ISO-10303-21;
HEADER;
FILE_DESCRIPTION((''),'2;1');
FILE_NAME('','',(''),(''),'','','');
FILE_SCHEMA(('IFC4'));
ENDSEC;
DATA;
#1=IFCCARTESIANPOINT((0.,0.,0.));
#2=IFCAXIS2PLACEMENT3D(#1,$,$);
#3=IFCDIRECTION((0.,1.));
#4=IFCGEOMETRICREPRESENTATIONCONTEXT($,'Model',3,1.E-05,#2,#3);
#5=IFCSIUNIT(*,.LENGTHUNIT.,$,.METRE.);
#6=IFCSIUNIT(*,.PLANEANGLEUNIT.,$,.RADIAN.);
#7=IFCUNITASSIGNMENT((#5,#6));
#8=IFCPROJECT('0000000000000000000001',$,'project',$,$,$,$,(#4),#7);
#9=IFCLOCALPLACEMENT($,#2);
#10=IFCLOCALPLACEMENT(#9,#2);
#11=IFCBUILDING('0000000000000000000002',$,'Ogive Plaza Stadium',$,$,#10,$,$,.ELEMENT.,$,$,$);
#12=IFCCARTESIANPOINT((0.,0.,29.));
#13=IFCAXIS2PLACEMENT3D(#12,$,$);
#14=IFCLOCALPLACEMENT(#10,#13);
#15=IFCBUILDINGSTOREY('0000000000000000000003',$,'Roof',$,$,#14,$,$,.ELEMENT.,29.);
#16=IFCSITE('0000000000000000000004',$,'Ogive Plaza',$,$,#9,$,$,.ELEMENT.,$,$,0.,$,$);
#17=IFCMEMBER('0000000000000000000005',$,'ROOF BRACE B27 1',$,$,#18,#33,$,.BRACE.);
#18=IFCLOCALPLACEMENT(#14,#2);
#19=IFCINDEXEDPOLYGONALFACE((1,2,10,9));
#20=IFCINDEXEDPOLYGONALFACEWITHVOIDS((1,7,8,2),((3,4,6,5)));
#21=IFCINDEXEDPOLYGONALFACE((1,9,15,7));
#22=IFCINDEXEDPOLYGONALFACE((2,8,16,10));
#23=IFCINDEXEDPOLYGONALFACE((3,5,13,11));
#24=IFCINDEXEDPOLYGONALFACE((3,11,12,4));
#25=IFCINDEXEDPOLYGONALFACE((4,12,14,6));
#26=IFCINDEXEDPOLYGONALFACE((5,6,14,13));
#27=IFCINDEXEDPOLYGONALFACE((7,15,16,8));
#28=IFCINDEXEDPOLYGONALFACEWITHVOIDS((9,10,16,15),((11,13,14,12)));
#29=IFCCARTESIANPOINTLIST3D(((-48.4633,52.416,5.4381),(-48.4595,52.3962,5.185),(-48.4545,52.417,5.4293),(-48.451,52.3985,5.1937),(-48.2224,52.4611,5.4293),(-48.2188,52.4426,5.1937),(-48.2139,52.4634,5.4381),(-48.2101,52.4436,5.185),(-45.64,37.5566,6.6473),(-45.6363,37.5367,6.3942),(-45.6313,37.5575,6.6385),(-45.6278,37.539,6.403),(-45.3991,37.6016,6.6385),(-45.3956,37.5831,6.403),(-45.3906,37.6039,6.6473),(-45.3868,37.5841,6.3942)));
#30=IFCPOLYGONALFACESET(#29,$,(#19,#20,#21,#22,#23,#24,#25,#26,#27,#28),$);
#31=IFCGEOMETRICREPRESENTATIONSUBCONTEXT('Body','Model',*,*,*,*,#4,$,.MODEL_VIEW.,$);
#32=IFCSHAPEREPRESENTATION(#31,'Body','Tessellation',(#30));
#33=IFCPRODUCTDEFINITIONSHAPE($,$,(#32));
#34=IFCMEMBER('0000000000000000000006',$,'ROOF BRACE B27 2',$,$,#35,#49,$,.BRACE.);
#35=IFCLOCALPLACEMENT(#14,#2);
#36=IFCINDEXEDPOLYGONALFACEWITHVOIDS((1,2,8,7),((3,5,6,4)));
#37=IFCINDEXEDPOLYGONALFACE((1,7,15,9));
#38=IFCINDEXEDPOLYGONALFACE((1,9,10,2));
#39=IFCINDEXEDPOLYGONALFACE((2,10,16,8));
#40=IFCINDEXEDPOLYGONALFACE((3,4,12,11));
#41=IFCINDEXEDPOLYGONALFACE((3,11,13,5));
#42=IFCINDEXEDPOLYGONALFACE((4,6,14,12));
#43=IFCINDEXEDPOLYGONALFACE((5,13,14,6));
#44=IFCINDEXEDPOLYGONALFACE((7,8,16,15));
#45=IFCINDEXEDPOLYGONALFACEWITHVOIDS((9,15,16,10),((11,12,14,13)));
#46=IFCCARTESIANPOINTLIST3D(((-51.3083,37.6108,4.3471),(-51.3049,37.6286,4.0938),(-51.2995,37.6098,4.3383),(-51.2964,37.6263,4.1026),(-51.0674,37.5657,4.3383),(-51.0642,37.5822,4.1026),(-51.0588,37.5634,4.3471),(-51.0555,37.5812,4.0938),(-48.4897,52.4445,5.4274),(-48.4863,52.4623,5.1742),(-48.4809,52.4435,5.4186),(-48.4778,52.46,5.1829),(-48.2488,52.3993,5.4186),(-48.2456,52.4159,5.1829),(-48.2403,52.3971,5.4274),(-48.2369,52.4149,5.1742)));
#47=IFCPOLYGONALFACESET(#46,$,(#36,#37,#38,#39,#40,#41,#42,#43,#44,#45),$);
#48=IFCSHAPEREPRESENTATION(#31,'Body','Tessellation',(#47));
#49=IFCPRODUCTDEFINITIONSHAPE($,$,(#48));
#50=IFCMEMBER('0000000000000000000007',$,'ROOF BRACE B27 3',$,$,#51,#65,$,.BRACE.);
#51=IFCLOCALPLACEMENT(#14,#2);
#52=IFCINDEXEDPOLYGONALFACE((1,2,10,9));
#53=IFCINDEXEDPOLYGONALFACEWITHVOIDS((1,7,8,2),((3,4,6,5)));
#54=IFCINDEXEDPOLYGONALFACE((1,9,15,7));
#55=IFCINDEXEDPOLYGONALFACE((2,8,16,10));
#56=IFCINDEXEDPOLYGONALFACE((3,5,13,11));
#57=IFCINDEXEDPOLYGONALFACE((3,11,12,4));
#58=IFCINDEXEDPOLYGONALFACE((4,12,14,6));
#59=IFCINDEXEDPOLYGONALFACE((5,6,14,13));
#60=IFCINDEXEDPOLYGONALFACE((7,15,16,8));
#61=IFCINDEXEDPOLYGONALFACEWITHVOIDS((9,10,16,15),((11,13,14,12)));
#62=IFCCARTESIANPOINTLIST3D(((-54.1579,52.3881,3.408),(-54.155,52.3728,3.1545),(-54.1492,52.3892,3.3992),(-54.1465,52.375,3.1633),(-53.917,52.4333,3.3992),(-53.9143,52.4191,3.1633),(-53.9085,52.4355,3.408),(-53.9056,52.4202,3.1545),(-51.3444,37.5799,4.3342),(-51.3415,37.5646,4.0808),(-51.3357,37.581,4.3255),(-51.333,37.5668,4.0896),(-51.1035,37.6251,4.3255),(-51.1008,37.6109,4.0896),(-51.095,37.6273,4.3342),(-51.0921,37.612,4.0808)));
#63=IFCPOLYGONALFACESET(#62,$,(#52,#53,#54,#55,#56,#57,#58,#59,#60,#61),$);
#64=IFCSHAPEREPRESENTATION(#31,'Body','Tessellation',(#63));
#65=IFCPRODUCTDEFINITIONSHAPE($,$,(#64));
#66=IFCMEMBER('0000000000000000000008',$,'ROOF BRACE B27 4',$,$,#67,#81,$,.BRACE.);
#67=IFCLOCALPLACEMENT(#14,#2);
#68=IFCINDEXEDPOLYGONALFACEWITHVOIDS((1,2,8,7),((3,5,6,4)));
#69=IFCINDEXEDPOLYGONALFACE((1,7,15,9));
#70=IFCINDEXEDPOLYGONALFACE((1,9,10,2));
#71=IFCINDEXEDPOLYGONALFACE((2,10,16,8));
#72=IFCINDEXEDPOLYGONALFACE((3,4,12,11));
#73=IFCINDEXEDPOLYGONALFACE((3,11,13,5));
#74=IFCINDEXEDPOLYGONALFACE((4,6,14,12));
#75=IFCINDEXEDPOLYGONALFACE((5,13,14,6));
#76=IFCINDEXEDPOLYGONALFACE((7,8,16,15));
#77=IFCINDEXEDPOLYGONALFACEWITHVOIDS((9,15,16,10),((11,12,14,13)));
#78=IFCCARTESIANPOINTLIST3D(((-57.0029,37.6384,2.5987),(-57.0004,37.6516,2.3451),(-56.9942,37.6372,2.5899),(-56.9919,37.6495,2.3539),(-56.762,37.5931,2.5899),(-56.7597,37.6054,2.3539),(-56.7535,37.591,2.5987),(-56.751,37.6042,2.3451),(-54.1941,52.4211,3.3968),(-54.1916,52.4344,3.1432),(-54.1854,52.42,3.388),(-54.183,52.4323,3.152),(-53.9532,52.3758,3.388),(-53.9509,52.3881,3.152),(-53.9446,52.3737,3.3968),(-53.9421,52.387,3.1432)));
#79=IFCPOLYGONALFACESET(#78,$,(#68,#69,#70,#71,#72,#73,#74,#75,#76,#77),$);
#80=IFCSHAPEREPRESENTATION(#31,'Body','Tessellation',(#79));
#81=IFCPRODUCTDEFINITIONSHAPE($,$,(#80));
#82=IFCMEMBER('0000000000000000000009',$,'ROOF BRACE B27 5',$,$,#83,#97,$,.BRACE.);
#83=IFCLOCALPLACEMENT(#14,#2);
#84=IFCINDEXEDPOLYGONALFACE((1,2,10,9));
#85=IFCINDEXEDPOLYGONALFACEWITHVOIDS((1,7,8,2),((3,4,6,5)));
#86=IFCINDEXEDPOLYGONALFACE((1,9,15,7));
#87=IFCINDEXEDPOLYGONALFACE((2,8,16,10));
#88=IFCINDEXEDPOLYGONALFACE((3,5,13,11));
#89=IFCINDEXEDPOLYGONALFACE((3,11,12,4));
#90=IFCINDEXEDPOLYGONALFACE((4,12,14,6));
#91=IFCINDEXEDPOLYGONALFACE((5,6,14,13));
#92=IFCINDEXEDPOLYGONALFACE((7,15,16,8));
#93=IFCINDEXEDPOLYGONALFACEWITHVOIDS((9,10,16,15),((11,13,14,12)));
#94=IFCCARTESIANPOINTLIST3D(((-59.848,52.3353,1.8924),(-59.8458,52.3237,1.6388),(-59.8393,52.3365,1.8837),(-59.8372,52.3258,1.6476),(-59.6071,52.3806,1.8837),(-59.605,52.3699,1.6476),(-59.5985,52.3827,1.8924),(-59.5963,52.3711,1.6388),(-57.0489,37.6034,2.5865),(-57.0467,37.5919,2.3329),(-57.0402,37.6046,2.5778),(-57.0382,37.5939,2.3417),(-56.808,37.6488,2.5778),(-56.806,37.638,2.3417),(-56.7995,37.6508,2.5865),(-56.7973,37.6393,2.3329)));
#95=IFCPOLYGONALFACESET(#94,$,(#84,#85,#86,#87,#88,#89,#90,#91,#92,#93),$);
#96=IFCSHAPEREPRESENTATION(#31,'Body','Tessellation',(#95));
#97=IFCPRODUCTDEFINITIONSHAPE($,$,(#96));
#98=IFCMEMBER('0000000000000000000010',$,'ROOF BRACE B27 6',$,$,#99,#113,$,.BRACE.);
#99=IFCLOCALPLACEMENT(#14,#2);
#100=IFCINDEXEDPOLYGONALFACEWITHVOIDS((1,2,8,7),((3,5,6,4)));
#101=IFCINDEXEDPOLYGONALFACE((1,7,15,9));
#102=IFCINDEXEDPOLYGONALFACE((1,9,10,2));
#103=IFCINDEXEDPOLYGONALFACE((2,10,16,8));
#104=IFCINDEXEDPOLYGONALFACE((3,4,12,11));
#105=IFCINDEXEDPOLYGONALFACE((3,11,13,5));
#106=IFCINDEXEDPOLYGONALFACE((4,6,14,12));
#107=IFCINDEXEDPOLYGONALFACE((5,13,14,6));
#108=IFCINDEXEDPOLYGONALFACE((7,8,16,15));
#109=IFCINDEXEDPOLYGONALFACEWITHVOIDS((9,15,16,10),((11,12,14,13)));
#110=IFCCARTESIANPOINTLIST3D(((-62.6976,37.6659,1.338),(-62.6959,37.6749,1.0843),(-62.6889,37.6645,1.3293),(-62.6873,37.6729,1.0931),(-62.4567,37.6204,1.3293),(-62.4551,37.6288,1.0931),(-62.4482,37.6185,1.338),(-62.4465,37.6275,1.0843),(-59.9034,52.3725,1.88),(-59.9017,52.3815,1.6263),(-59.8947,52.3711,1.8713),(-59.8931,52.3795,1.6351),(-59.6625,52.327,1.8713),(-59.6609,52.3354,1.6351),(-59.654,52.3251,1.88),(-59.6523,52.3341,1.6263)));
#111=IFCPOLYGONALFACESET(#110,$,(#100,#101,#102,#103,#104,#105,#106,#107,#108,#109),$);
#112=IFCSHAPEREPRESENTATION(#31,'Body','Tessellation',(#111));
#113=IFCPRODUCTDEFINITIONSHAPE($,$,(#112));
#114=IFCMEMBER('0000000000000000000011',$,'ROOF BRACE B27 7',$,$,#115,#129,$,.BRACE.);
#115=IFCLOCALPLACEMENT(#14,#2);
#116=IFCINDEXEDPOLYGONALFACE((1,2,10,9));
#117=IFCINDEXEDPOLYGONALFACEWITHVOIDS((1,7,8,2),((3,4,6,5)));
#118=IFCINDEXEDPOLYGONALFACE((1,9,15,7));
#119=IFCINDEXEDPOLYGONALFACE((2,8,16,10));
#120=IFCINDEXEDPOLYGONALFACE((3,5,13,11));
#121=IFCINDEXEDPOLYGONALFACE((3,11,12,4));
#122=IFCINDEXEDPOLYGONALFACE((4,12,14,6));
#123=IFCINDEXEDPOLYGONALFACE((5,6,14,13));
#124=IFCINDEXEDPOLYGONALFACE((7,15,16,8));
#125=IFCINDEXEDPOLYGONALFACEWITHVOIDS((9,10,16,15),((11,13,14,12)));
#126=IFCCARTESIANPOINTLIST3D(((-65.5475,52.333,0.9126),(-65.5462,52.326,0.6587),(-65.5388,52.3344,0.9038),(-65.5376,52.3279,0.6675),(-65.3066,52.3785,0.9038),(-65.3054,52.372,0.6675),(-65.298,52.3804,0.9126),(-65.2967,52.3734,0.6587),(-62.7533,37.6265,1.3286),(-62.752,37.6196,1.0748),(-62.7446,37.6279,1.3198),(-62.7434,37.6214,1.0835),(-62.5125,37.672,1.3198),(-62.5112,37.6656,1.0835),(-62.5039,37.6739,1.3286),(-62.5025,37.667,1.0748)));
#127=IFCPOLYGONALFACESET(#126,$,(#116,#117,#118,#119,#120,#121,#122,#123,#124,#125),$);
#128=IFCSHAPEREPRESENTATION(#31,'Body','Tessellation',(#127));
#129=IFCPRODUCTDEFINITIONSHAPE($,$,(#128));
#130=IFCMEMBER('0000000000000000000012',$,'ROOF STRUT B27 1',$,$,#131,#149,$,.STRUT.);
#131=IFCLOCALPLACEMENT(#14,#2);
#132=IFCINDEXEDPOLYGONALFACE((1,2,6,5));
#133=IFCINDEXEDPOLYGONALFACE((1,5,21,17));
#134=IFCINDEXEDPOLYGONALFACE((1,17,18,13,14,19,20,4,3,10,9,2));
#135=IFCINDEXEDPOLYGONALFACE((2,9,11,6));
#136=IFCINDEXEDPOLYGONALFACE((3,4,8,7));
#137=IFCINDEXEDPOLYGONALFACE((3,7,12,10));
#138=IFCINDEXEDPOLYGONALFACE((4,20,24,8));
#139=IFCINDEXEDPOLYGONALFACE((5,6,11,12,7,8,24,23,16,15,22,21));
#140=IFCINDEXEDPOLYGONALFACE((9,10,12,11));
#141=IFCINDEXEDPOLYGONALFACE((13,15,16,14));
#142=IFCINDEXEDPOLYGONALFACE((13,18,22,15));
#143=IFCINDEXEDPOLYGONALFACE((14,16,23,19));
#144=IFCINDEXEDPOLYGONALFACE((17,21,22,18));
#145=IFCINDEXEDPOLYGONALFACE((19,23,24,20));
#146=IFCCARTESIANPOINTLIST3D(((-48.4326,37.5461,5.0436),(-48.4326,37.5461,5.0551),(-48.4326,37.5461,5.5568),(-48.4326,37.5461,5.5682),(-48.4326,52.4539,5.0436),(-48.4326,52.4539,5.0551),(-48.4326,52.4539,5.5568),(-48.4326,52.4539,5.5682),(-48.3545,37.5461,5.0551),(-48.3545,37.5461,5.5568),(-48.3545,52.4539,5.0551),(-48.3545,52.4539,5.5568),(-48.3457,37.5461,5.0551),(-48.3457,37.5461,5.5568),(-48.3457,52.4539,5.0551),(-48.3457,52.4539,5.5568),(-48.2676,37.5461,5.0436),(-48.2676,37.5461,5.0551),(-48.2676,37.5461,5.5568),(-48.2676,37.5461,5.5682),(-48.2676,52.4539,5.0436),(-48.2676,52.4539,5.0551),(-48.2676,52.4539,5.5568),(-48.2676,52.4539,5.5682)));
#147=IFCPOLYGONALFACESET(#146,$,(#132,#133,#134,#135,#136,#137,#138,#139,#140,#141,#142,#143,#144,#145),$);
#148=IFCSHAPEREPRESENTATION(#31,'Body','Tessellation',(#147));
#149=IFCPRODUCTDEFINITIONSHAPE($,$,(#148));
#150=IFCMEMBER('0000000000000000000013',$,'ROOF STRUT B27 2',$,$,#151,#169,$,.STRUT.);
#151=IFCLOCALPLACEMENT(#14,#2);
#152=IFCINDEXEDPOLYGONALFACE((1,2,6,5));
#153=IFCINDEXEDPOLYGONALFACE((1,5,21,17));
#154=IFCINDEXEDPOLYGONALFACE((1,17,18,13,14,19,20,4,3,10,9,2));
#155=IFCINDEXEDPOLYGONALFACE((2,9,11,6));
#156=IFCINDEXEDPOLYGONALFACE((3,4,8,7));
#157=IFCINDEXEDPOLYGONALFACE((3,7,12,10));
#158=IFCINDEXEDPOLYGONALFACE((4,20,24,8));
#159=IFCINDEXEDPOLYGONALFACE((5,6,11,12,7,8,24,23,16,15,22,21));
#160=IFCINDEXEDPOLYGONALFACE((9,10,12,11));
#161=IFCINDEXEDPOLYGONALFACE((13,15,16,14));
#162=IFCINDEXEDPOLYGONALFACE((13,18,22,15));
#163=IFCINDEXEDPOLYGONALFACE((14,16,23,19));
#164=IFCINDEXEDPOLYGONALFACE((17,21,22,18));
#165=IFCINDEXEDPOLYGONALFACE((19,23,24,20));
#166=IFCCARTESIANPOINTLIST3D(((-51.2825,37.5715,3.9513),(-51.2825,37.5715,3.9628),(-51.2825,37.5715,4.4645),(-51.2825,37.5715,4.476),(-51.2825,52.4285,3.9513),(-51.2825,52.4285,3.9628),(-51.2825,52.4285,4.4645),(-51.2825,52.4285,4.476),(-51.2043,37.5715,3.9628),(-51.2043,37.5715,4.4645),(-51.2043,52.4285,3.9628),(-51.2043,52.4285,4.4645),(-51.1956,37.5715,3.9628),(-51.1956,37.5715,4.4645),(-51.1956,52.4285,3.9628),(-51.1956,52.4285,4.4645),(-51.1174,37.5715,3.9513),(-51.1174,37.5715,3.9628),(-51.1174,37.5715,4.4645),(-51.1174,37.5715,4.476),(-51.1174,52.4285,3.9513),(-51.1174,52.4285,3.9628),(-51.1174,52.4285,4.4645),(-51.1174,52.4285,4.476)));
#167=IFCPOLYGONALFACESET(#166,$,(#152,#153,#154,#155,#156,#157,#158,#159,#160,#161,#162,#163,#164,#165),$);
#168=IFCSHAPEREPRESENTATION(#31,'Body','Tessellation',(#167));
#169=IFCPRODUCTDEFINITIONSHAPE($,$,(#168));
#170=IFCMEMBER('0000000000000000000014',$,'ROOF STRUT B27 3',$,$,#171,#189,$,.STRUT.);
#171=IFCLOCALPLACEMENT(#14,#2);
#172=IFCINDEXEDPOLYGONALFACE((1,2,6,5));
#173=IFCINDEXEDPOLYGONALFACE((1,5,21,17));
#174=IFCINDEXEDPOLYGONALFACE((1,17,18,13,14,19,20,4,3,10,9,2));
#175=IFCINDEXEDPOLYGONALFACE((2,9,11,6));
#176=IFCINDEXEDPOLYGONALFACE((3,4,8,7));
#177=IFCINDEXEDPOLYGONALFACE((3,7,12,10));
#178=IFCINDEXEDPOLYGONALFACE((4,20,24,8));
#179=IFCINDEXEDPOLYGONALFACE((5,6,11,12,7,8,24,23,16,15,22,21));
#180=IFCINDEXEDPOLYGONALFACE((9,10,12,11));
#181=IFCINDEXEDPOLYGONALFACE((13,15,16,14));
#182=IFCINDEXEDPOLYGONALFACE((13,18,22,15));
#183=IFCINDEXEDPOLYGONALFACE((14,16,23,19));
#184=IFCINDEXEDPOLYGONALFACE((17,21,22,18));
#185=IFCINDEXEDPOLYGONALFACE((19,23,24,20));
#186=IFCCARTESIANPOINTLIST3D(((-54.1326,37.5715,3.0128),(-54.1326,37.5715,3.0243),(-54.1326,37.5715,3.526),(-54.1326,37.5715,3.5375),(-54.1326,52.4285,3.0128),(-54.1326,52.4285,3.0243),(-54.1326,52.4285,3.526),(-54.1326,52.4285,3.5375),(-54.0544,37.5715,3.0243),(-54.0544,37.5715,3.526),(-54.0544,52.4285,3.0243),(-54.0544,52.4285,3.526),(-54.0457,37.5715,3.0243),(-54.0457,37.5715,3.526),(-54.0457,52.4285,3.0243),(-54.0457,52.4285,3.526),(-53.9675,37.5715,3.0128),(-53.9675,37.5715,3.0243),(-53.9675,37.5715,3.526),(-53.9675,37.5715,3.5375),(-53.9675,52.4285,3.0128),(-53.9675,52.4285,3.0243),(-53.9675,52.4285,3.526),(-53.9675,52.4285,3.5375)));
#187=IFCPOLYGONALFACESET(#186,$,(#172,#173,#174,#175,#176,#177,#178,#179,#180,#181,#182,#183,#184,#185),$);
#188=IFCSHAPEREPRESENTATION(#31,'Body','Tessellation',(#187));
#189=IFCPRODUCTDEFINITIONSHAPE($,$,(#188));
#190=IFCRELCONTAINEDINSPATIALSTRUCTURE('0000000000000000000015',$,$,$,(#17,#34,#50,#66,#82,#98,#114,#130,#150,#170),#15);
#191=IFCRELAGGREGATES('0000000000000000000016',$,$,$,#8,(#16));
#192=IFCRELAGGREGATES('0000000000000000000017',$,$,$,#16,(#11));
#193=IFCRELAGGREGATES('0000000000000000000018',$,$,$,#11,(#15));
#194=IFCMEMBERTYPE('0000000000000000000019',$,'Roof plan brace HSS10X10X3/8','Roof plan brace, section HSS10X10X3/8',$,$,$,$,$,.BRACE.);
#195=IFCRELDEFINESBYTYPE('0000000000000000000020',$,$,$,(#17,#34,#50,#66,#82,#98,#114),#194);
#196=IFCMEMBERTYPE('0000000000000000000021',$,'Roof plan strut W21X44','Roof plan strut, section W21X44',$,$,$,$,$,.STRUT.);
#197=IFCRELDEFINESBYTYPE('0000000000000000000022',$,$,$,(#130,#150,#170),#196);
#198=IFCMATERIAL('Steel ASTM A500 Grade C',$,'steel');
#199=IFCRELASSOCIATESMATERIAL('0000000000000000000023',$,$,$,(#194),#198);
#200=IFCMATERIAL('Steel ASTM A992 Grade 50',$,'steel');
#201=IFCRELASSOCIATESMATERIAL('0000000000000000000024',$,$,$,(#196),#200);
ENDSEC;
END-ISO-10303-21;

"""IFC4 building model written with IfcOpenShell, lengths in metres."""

from ifc_helpers import new_model, si_unit, direction, frame, origin, origin_2d, place, context, subcontext, project, spatial, hollow_rectangle, i_section, extrude, material, material_profile, profile_set, type_object, element, save


model = new_model("IFC4")

# Units and contexts
model_context = context("Model", 3, precision=1e-05, world=origin(), true_north=direction((0.0, 1.0)))
body_context = subcontext(model_context, "Body", "Model", "MODEL_VIEW")
ifc_project = project(units=[si_unit("LENGTHUNIT", "METRE"), si_unit("PLANEANGLEUNIT", "RADIAN")], contexts=[model_context])

# Site, building, storey
site_placement = place(None, origin())
site = spatial("IfcSite", under=ifc_project, at=site_placement, Name="Ogive Plaza", CompositionType="ELEMENT", RefElevation=0.0)
building_placement = place(site_placement, origin())
building = spatial("IfcBuilding", under=site, at=building_placement, Name="Ogive Plaza Stadium", CompositionType="ELEMENT")
storey_placement = place(building_placement, frame((0.0, 0.0, 29.0)))
storey = spatial("IfcBuildingStorey", under=building, at=storey_placement, Name="Roof", CompositionType="ELEMENT", Elevation=29.0)

# Members
ifc_material_1 = material(Name="Steel ASTM A500 Grade C", Category="steel")
ifc_material_profile_1 = material_profile(ifc_material_1, hollow_rectangle(XDim=0.2539, YDim=0.2539, WallThickness=0.0088, at=origin_2d()), Name="HSS10X10X3/8")
ifc_profile_set_1 = profile_set([ifc_material_profile_1], Name="Steel ASTM A500 Grade C")
member_type_1 = type_object("IfcMemberType", Name="Roof plan brace HSS10X10X3/8", Description="Roof plan brace, section HSS10X10X3/8", PredefinedType="BRACE", material=ifc_profile_set_1)
member_1_placement = place(storey_placement, frame((-45.5134, 37.5703, 6.5208), z_axis=(-0.186064, 0.9793, -0.079694), x_axis=(-0.982425, -0.186658, 0.0)))
element("IfcMember", 1, at=member_1_placement, inside=storey, type_object=member_type_1, Name="ROOF BRACE B27 1", PredefinedType="BRACE", context=body_context, shape_type="SweptSolid", body=[
    extrude(hollow_rectangle(XDim=0.2539, YDim=0.2539, WallThickness=0.0088, at=origin_2d()), origin(), (0.0, 0.0, 1.0), 15.1736),
])
member_2_placement = place(storey_placement, frame((-48.3633, 52.4297, 5.3008), z_axis=(-0.186197, -0.979917, -0.071366), x_axis=(0.982422, -0.186673, 0.0)))
element("IfcMember", 2, at=member_2_placement, inside=storey, type_object=member_type_1, Name="ROOF BRACE B27 2", PredefinedType="BRACE", context=body_context, shape_type="SweptSolid", body=[
    extrude(hollow_rectangle(XDim=0.2539, YDim=0.2539, WallThickness=0.0088, at=origin_2d()), origin(), (0.0, 0.0, 1.0), 15.1377),
])
member_3_placement = place(storey_placement, frame((-51.2183, 37.5959, 4.2075), z_axis=(-0.186305, 0.980575, -0.061336), x_axis=(-0.982425, -0.186657, 0.0)))
element("IfcMember", 3, at=member_3_placement, inside=storey, type_object=member_type_1, Name="ROOF BRACE B27 3", PredefinedType="BRACE", context=body_context, shape_type="SweptSolid", body=[
    extrude(hollow_rectangle(XDim=0.2539, YDim=0.2539, WallThickness=0.0088, at=origin_2d()), origin(), (0.0, 0.0, 1.0), 15.1016),
])
member_4_placement = place(storey_placement, frame((-54.0681, 52.4041, 3.27), z_axis=(-0.186406, -0.981044, -0.052965), x_axis=(0.982423, -0.186668, 0.0)))
element("IfcMember", 4, at=member_4_placement, inside=storey, type_object=member_type_1, Name="ROOF BRACE B27 4", PredefinedType="BRACE", context=body_context, shape_type="SweptSolid", body=[
    extrude(hollow_rectangle(XDim=0.2539, YDim=0.2539, WallThickness=0.0088, at=origin_2d()), origin(), (0.0, 0.0, 1.0), 15.0684),
])
member_5_placement = place(storey_placement, frame((-56.9231, 37.6213, 2.4597), z_axis=(-0.186461, 0.981374, -0.046237), x_axis=(-0.982424, -0.186661, 0.0)))
element("IfcMember", 5, at=member_5_placement, inside=storey, type_object=member_type_1, Name="ROOF BRACE B27 5", PredefinedType="BRACE", context=body_context, shape_type="SweptSolid", body=[
    extrude(hollow_rectangle(XDim=0.2539, YDim=0.2539, WallThickness=0.0088, at=origin_2d()), origin(), (0.0, 0.0, 1.0), 15.0115),
])
member_6_placement = place(storey_placement, frame((-59.7778, 52.3533, 1.7532), z_axis=(-0.186535, -0.981782, -0.036182), x_axis=(0.982425, -0.186657, 0.0)))
element("IfcMember", 6, at=member_6_placement, inside=storey, type_object=member_type_1, Name="ROOF BRACE B27 6", PredefinedType="BRACE", context=body_context, shape_type="SweptSolid", body=[
    extrude(hollow_rectangle(XDim=0.2539, YDim=0.2539, WallThickness=0.0088, at=origin_2d()), origin(), (0.0, 0.0, 1.0), 14.9795),
])
member_7_placement = place(storey_placement, frame((-62.6279, 37.6467, 1.2017), z_axis=(-0.186585, 0.982046, -0.02778), x_axis=(-0.982425, -0.186657, 0.0)))
element("IfcMember", 7, at=member_7_placement, inside=storey, type_object=member_type_1, Name="ROOF BRACE B27 7", PredefinedType="BRACE", context=body_context, shape_type="SweptSolid", body=[
    extrude(hollow_rectangle(XDim=0.2539, YDim=0.2539, WallThickness=0.0088, at=origin_2d()), origin(), (0.0, 0.0, 1.0), 14.9753),
])
ifc_material_2 = material(Name="Steel ASTM A992 Grade 50", Category="steel")
ifc_material_profile_2 = material_profile(ifc_material_2, i_section(OverallWidth=0.165, OverallDepth=0.5247, WebThickness=0.0088, FlangeThickness=0.0115, at=origin_2d()), Name="W21X44")
ifc_profile_set_2 = profile_set([ifc_material_profile_2], Name="Steel ASTM A992 Grade 50")
member_type_2 = type_object("IfcMemberType", Name="Roof plan strut W21X44", Description="Roof plan strut, section W21X44", PredefinedType="STRUT", material=ifc_profile_set_2)
member_8_placement = place(storey_placement, frame((-48.3501, 37.5461, 5.3059), z_axis=(0.0, 1.0, 0.0), x_axis=(-1.0, 0.0, 0.0)))
element("IfcMember", 8, at=member_8_placement, inside=storey, type_object=member_type_2, Name="ROOF STRUT B27 1", PredefinedType="STRUT", context=body_context, shape_type="SweptSolid", body=[
    extrude(i_section(OverallWidth=0.165, OverallDepth=0.5247, WebThickness=0.0088, FlangeThickness=0.0115, at=origin_2d()), origin(), (0.0, 0.0, 1.0), 14.9077),
])
for number, where, z_axis, x_axis, name in (
    (9, (-51.2, 37.5715, 4.2136), (0.0, 1.0, 0.0), (-1.0, 0.0, 0.0), "ROOF STRUT B27 2"),
    (10, (-54.05, 37.5715, 3.2751), (0.0, 1.0, 0.0), (-1.0, 0.0, 0.0), "ROOF STRUT B27 3"),
):
    element("IfcMember", number, at=place(storey_placement, frame(where, z_axis=z_axis, x_axis=x_axis)), inside=storey, type_object=member_type_2, Name=name, PredefinedType="STRUT", context=body_context, shape_type="SweptSolid", body=[
        extrude(i_section(OverallWidth=0.165, OverallDepth=0.5247, WebThickness=0.0088, FlangeThickness=0.0115, at=origin_2d()), origin(), (0.0, 0.0, 1.0), 14.8569),
    ])

save(model, "model.ifc")
